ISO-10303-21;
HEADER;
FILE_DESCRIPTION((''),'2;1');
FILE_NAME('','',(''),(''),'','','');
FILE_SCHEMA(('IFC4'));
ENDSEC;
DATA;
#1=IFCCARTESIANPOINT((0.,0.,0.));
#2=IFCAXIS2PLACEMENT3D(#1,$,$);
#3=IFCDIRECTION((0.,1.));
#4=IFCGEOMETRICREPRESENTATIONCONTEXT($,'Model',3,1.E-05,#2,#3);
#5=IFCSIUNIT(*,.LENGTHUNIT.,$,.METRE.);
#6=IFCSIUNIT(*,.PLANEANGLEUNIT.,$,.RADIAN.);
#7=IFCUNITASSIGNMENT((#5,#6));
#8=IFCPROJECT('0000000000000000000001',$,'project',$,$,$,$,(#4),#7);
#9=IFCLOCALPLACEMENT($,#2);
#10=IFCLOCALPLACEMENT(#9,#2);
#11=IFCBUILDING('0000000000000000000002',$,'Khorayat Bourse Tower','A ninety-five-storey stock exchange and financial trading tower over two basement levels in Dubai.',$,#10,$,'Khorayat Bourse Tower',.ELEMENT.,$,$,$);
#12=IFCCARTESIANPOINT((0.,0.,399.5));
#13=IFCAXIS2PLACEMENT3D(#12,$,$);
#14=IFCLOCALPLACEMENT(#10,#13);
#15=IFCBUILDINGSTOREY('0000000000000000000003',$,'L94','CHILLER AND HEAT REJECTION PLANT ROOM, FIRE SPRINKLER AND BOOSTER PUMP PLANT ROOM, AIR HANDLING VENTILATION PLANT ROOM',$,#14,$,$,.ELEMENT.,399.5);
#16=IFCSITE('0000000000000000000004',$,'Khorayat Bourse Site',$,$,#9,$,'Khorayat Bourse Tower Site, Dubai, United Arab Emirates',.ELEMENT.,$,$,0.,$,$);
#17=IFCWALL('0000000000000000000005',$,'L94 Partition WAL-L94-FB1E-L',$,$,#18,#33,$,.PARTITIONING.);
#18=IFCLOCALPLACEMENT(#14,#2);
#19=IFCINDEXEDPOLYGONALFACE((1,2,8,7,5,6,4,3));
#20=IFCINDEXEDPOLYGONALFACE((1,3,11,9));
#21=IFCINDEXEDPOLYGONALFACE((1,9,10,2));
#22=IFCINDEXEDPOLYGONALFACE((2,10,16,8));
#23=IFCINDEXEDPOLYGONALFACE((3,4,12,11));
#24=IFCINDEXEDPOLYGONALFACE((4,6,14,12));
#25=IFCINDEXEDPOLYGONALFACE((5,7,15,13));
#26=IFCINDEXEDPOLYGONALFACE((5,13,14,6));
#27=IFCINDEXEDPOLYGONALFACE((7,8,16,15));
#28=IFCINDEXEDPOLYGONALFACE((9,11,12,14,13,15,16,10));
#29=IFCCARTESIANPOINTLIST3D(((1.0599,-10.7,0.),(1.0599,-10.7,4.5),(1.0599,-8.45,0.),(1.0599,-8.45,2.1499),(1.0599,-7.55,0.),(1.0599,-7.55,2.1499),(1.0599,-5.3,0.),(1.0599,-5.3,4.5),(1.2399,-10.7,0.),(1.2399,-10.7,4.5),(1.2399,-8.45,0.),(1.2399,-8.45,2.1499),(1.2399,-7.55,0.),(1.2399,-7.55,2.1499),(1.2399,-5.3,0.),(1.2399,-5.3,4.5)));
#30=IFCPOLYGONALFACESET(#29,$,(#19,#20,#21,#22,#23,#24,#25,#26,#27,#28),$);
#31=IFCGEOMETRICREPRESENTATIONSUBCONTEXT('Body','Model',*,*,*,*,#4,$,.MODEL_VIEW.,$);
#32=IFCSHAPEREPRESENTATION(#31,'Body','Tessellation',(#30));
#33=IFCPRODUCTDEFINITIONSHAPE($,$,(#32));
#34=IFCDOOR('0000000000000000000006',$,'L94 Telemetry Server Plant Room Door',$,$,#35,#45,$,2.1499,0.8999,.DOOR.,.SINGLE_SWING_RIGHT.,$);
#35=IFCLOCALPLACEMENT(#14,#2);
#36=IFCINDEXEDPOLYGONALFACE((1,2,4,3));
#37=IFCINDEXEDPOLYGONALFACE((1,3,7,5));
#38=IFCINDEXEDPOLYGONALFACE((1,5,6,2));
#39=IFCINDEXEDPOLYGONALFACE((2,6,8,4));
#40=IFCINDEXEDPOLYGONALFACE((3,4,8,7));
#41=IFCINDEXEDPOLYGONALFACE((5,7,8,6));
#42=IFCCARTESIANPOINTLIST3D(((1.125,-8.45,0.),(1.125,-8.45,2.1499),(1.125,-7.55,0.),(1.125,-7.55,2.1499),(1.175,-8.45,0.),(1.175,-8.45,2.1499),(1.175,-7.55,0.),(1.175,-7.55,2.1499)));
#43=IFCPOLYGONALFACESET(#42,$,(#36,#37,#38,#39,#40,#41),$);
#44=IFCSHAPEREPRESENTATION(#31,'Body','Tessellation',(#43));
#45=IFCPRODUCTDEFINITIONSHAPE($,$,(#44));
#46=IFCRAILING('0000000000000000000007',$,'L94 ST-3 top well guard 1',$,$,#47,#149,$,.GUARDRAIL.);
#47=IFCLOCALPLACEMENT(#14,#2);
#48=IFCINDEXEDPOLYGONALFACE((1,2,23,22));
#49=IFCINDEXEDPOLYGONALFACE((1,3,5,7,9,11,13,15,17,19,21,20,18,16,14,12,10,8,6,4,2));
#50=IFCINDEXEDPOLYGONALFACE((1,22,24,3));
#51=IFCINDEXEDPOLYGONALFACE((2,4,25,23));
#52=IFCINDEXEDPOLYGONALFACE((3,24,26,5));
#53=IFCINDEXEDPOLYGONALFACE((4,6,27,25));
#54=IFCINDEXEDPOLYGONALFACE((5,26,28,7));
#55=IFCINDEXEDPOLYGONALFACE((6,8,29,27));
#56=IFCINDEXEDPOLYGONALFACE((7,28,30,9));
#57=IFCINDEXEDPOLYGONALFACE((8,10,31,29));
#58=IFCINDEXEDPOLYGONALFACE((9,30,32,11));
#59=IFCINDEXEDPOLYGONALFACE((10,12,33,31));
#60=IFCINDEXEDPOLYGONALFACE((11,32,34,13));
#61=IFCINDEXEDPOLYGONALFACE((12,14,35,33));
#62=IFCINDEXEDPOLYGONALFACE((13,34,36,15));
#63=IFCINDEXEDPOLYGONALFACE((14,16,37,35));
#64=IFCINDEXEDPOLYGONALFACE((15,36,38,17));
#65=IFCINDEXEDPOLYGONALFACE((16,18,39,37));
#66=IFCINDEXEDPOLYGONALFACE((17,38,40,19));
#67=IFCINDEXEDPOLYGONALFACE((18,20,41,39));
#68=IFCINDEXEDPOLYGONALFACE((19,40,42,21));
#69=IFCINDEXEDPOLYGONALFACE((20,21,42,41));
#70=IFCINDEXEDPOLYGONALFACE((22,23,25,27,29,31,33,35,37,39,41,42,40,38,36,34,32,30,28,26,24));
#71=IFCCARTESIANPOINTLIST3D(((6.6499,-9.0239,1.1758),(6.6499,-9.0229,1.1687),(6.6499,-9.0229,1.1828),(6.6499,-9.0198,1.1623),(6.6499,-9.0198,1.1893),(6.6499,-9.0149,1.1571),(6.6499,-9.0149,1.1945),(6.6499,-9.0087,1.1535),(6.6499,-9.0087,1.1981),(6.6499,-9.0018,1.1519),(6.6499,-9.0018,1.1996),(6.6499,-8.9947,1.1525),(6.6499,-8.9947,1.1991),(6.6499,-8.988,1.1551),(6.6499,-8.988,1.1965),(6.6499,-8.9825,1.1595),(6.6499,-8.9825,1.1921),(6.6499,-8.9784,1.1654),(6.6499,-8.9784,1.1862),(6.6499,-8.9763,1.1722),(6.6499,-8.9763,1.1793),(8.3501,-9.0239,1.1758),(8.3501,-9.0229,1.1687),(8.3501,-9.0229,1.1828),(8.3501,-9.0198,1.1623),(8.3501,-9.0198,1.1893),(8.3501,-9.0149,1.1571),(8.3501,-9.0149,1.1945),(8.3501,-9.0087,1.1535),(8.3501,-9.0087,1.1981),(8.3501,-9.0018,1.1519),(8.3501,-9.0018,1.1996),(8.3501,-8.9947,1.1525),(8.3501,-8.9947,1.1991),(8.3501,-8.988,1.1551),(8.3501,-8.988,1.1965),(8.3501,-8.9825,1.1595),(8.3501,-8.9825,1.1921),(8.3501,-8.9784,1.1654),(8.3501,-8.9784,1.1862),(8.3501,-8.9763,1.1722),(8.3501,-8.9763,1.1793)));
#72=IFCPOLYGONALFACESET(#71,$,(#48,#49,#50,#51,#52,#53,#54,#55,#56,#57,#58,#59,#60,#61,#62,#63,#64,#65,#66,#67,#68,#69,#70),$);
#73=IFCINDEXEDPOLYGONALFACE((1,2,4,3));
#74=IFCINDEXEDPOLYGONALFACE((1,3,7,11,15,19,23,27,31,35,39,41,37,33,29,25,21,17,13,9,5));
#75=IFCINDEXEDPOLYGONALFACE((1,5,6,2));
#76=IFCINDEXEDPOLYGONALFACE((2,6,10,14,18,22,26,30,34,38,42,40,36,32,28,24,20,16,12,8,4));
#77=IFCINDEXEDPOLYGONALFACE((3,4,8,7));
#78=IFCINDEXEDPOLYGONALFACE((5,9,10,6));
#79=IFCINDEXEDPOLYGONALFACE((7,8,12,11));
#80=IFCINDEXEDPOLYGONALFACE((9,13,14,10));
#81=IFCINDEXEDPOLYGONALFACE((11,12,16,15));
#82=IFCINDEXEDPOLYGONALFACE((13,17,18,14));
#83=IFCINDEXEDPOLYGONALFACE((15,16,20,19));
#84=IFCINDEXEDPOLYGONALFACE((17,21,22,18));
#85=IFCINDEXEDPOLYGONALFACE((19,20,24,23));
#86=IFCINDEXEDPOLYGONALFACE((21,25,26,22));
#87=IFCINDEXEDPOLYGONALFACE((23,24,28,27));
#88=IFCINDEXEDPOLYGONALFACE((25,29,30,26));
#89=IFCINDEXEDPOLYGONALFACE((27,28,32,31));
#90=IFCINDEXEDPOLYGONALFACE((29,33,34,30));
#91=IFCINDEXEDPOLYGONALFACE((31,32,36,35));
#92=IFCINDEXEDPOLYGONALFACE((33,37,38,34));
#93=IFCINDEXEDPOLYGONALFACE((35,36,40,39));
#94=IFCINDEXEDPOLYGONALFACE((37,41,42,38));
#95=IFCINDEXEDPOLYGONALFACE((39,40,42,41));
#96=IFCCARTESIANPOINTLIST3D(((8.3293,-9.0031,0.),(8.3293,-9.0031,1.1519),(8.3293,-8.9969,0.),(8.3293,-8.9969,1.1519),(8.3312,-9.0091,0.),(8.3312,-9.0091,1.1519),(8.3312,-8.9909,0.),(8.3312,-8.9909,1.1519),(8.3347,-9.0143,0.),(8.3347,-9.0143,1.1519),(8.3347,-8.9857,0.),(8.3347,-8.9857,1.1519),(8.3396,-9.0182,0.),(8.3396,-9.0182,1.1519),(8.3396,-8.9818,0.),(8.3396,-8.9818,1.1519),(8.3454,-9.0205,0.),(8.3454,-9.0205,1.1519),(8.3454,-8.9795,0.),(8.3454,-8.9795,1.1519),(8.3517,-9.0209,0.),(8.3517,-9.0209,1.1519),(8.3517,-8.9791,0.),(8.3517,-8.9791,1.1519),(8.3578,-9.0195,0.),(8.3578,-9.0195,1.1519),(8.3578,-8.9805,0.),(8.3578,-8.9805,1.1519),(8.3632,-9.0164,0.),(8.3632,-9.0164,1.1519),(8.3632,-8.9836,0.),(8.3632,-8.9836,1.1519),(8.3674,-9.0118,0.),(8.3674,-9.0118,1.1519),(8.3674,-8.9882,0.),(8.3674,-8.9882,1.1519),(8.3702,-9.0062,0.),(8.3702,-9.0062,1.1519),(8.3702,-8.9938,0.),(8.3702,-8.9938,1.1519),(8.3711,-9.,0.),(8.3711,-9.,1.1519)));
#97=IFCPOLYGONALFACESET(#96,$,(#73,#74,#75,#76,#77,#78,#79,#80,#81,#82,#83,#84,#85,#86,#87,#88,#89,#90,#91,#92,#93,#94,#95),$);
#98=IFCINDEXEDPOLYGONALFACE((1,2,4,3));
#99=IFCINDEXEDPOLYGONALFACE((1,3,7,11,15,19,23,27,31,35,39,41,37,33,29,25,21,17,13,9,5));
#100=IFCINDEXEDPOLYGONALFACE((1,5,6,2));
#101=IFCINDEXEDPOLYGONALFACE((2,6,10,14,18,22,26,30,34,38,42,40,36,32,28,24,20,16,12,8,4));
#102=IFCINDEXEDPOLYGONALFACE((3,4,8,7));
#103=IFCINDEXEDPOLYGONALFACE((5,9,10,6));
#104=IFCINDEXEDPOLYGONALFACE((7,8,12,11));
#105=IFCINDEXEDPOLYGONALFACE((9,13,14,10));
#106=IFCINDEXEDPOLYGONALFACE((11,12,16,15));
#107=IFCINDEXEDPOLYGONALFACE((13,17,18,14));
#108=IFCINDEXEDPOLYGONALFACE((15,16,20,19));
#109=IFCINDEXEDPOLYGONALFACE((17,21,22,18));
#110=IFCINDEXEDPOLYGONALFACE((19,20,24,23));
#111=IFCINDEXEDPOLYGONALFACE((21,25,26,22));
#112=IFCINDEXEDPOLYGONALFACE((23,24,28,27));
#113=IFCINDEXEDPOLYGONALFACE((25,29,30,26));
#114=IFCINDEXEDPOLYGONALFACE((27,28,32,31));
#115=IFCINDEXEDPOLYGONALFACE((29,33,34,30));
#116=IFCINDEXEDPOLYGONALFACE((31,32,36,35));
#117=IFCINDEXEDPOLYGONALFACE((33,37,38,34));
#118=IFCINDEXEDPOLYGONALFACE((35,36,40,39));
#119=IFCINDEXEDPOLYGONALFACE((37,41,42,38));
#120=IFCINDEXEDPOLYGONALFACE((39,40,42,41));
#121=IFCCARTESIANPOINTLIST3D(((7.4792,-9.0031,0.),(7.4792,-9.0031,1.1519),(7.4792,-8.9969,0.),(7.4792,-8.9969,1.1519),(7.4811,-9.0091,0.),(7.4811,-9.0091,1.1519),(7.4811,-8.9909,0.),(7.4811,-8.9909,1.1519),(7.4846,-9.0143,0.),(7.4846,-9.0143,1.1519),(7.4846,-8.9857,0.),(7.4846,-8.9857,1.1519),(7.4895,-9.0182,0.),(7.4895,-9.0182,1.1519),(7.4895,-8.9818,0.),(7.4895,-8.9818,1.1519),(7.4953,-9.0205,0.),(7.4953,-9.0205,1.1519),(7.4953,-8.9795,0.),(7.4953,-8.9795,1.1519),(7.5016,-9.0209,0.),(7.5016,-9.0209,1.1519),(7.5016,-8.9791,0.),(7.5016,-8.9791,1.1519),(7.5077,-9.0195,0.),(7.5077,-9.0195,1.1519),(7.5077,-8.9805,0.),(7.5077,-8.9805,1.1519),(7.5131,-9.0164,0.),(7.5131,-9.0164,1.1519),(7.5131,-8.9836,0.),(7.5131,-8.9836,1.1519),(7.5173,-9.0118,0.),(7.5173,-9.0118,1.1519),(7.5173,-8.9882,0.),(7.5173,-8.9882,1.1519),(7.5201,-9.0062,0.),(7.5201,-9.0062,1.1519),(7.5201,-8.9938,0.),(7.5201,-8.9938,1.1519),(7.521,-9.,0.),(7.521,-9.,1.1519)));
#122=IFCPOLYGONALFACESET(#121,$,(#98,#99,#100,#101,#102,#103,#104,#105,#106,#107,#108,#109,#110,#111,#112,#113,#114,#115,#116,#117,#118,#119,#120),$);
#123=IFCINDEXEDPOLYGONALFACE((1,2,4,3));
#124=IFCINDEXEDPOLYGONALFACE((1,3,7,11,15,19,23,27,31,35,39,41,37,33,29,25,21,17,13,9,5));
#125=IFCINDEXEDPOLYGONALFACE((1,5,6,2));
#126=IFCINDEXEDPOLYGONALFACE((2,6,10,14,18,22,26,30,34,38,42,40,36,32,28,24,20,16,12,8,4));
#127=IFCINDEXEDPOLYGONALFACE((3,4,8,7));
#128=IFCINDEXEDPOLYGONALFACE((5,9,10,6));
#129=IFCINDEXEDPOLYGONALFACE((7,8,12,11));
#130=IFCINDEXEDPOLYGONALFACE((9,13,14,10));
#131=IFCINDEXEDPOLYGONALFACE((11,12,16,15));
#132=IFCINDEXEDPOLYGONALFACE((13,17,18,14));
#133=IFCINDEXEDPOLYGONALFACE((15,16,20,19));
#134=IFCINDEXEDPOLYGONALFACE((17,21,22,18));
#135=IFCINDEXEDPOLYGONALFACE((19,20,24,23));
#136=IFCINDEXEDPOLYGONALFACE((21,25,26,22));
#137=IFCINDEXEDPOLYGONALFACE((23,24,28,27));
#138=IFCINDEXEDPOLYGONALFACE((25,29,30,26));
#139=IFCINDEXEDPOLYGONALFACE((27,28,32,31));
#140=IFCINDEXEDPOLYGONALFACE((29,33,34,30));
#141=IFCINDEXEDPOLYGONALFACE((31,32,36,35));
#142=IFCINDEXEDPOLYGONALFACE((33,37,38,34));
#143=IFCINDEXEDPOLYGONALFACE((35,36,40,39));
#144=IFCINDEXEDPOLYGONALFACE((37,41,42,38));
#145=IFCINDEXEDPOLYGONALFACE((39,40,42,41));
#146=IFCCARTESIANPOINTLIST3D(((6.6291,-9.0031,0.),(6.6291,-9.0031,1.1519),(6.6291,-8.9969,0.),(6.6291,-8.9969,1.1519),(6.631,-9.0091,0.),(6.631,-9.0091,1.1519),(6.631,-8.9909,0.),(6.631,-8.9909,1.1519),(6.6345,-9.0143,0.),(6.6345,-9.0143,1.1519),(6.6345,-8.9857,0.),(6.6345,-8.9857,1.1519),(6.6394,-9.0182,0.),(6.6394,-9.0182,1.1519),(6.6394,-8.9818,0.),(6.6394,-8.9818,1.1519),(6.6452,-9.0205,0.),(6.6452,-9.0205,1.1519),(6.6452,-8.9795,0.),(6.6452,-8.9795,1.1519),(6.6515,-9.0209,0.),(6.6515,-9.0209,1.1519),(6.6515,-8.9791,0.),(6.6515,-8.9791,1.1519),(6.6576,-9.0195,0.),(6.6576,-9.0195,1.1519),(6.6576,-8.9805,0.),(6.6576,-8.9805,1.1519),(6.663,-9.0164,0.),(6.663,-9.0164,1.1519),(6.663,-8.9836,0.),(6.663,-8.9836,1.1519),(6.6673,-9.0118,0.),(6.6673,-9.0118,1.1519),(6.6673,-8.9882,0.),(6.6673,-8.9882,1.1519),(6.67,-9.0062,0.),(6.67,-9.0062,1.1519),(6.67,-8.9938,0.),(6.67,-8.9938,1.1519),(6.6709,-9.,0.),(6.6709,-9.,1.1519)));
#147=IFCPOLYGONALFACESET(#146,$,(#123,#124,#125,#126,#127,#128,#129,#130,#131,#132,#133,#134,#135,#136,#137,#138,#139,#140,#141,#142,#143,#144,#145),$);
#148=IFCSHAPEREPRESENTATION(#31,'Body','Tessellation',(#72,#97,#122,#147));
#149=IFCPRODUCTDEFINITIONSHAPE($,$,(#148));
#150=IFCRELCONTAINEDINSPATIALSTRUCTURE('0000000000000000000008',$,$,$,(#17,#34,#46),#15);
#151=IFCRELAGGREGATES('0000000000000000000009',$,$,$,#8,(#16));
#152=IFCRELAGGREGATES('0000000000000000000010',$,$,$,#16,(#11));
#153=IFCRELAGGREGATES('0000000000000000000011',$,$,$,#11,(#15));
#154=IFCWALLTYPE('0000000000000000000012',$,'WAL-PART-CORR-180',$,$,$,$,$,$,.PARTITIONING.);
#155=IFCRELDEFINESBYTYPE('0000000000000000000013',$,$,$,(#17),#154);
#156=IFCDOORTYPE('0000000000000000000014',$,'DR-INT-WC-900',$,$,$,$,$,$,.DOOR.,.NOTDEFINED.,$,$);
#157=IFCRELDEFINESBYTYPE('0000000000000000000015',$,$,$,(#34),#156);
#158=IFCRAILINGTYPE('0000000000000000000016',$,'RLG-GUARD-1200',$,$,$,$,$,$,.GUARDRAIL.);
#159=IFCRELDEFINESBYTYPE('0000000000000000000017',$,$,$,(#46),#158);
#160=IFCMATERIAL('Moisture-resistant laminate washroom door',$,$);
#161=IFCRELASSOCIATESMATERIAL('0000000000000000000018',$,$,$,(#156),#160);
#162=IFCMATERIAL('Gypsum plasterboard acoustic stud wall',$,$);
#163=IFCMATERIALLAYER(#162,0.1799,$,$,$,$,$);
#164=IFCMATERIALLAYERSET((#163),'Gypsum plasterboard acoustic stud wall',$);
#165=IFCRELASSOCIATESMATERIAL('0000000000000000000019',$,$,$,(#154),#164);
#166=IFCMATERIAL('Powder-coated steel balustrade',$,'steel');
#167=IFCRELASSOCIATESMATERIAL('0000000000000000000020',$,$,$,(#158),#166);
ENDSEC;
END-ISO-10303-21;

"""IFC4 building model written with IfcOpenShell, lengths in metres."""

from ifc_helpers import new_model, si_unit, direction, frame, frame_2d, origin, origin_2d, place, context, subcontext, project, spatial, rectangle, circle, extrude, source, transform, mapped, material, layer, layer_set, type_object, element, fill, save


model = new_model("IFC4")

# Units and contexts
model_context = context("Model", 3, precision=1e-05, world=origin(), true_north=direction((0.0, 1.0)))
body_context = subcontext(model_context, "Body", "Model", "MODEL_VIEW")
ifc_project = project(units=[si_unit("LENGTHUNIT", "METRE"), si_unit("PLANEANGLEUNIT", "RADIAN")], contexts=[model_context])

# Site, building, storey
site_placement = place(None, origin())
site = spatial("IfcSite", under=ifc_project, at=site_placement, Name="Khorayat Bourse Site", LongName="Khorayat Bourse Tower Site, Dubai, United Arab Emirates", CompositionType="ELEMENT", RefElevation=0.0)
building_placement = place(site_placement, origin())
building = spatial("IfcBuilding", under=site, at=building_placement, Name="Khorayat Bourse Tower", Description="A ninety-five-storey stock exchange and financial trading tower over two basement levels in Dubai.", LongName="Khorayat Bourse Tower", CompositionType="ELEMENT")
storey_placement = place(building_placement, frame((0.0, 0.0, 399.5)))
storey = spatial("IfcBuildingStorey", under=building, at=storey_placement, Name="L94", Description="CHILLER AND HEAT REJECTION PLANT ROOM, FIRE SPRINKLER AND BOOSTER PUMP PLANT ROOM, AIR HANDLING VENTILATION PLANT ROOM", CompositionType="ELEMENT", Elevation=399.5)

# Shared definitions
ifc_material_1 = material(Name="Moisture-resistant laminate washroom door")
door_type_1 = type_object("IfcDoorType", Name="DR-INT-WC-900", OperationType="NOTDEFINED", PredefinedType="DOOR", material=ifc_material_1)
shared_shape_1 = source(origin(), body_context, "Body", "SweptSolid", [
    extrude(rectangle(XDim=0.8999, YDim=2.1499, at=frame_2d((0.45, 1.075))), frame((0.0, 0.0249, 0.0), z_axis=(0.0, -1.0, 0.0), x_axis=(1.0, 0.0, 0.0)), (0.0, 0.0, 1.0), 0.05),
])

# Wall, opening, door
ifc_material_2 = material(Name="Gypsum plasterboard acoustic stud wall")
ifc_layer_1 = layer(ifc_material_2, 0.1799)
ifc_layer_set_1 = layer_set([ifc_layer_1], Name="Gypsum plasterboard acoustic stud wall")
wall_type_1 = type_object("IfcWallType", Name="WAL-PART-CORR-180", PredefinedType="PARTITIONING", material=ifc_layer_set_1)
shared_shape_2 = source(origin(), body_context, "Body", "SweptSolid", [
    extrude(rectangle(XDim=5.3999, YDim=0.1799, at=frame_2d((2.7, 0.0))), origin(), (0.0, 0.0, 1.0), 4.5),
])
wall_1_placement = place(storey_placement, frame((1.1499, -10.7, 0.0), z_axis=(0.0, 0.0, 1.0), x_axis=(0.0, 1.0, 0.0)))
wall_1 = element("IfcWall", 1, at=wall_1_placement, inside=storey, type_object=wall_type_1, Name="L94 Partition WAL-L94-FB1E-L", PredefinedType="PARTITIONING", context=body_context, shape_type="MappedRepresentation", body=[
    mapped(shared_shape_2, transform((0.0, 0.0, 0.0), scale=1.0)),
])
shared_shape_3 = source(origin(), body_context, "Body", "SweptSolid", [
    extrude(rectangle(XDim=0.8999, YDim=2.1499, at=frame_2d((0.45, 1.075))), frame((0.0, 0.0999, 0.0), z_axis=(0.0, -1.0, 0.0), x_axis=(1.0, 0.0, 0.0)), (0.0, 0.0, 1.0), 0.2),
])
opening_1_placement = place(wall_1_placement, frame((2.25, 0.0, 0.0)))
opening_1 = element("IfcOpeningElement", 2, at=opening_1_placement, cuts=wall_1, PredefinedType="OPENING", context=body_context, shape_type="MappedRepresentation", body=[
    mapped(shared_shape_3, transform((0.0, 0.0, 0.0), scale=1.0)),
])
door_1_placement = place(opening_1_placement, origin())
door_1 = element("IfcDoor", 3, at=door_1_placement, inside=storey, type_object=door_type_1, Name="L94 Telemetry Server Plant Room Door", OperationType="SINGLE_SWING_RIGHT", OverallHeight=2.1499, OverallWidth=0.8999, PredefinedType="DOOR", context=body_context, shape_type="MappedRepresentation", body=[
    mapped(shared_shape_1, transform((0.0, 0.0, 0.0), scale=1.0)),
])
fill(opening_1, door_1)

# Railing
ifc_material_3 = material(Name="Powder-coated steel balustrade", Category="steel")
railing_type = type_object("IfcRailingType", Name="RLG-GUARD-1200", PredefinedType="GUARDRAIL", material=ifc_material_3)
shared_shape_4 = source(origin(), body_context, "Body", "SweptSolid", [
    extrude(circle(Radius=0.0239, at=origin_2d()), frame((0.0, 0.0, 1.1758), z_axis=(-1.0, 0.0, 0.0), x_axis=(0.0, -1.0, 0.0)), (0.0, 0.0, 1.0), 1.7002),
    extrude(circle(Radius=0.021, at=origin_2d()), origin(), (0.0, 0.0, 1.0), 1.1519),
    extrude(circle(Radius=0.021, at=origin_2d()), frame((-0.8501, 0.0, 0.0)), (0.0, 0.0, 1.0), 1.1519),
    extrude(circle(Radius=0.021, at=origin_2d()), frame((-1.7002, 0.0, 0.0)), (0.0, 0.0, 1.0), 1.1519),
])
railing_placement = place(storey_placement, frame((8.3501, -9.0, 0.0)))
element("IfcRailing", 4, at=railing_placement, inside=storey, type_object=railing_type, Name="L94 ST-3 top well guard 1", PredefinedType="GUARDRAIL", context=body_context, shape_type="MappedRepresentation", body=[
    mapped(shared_shape_4, transform((0.0, 0.0, 0.0), scale=1.0)),
])

save(model, "model.ifc")
